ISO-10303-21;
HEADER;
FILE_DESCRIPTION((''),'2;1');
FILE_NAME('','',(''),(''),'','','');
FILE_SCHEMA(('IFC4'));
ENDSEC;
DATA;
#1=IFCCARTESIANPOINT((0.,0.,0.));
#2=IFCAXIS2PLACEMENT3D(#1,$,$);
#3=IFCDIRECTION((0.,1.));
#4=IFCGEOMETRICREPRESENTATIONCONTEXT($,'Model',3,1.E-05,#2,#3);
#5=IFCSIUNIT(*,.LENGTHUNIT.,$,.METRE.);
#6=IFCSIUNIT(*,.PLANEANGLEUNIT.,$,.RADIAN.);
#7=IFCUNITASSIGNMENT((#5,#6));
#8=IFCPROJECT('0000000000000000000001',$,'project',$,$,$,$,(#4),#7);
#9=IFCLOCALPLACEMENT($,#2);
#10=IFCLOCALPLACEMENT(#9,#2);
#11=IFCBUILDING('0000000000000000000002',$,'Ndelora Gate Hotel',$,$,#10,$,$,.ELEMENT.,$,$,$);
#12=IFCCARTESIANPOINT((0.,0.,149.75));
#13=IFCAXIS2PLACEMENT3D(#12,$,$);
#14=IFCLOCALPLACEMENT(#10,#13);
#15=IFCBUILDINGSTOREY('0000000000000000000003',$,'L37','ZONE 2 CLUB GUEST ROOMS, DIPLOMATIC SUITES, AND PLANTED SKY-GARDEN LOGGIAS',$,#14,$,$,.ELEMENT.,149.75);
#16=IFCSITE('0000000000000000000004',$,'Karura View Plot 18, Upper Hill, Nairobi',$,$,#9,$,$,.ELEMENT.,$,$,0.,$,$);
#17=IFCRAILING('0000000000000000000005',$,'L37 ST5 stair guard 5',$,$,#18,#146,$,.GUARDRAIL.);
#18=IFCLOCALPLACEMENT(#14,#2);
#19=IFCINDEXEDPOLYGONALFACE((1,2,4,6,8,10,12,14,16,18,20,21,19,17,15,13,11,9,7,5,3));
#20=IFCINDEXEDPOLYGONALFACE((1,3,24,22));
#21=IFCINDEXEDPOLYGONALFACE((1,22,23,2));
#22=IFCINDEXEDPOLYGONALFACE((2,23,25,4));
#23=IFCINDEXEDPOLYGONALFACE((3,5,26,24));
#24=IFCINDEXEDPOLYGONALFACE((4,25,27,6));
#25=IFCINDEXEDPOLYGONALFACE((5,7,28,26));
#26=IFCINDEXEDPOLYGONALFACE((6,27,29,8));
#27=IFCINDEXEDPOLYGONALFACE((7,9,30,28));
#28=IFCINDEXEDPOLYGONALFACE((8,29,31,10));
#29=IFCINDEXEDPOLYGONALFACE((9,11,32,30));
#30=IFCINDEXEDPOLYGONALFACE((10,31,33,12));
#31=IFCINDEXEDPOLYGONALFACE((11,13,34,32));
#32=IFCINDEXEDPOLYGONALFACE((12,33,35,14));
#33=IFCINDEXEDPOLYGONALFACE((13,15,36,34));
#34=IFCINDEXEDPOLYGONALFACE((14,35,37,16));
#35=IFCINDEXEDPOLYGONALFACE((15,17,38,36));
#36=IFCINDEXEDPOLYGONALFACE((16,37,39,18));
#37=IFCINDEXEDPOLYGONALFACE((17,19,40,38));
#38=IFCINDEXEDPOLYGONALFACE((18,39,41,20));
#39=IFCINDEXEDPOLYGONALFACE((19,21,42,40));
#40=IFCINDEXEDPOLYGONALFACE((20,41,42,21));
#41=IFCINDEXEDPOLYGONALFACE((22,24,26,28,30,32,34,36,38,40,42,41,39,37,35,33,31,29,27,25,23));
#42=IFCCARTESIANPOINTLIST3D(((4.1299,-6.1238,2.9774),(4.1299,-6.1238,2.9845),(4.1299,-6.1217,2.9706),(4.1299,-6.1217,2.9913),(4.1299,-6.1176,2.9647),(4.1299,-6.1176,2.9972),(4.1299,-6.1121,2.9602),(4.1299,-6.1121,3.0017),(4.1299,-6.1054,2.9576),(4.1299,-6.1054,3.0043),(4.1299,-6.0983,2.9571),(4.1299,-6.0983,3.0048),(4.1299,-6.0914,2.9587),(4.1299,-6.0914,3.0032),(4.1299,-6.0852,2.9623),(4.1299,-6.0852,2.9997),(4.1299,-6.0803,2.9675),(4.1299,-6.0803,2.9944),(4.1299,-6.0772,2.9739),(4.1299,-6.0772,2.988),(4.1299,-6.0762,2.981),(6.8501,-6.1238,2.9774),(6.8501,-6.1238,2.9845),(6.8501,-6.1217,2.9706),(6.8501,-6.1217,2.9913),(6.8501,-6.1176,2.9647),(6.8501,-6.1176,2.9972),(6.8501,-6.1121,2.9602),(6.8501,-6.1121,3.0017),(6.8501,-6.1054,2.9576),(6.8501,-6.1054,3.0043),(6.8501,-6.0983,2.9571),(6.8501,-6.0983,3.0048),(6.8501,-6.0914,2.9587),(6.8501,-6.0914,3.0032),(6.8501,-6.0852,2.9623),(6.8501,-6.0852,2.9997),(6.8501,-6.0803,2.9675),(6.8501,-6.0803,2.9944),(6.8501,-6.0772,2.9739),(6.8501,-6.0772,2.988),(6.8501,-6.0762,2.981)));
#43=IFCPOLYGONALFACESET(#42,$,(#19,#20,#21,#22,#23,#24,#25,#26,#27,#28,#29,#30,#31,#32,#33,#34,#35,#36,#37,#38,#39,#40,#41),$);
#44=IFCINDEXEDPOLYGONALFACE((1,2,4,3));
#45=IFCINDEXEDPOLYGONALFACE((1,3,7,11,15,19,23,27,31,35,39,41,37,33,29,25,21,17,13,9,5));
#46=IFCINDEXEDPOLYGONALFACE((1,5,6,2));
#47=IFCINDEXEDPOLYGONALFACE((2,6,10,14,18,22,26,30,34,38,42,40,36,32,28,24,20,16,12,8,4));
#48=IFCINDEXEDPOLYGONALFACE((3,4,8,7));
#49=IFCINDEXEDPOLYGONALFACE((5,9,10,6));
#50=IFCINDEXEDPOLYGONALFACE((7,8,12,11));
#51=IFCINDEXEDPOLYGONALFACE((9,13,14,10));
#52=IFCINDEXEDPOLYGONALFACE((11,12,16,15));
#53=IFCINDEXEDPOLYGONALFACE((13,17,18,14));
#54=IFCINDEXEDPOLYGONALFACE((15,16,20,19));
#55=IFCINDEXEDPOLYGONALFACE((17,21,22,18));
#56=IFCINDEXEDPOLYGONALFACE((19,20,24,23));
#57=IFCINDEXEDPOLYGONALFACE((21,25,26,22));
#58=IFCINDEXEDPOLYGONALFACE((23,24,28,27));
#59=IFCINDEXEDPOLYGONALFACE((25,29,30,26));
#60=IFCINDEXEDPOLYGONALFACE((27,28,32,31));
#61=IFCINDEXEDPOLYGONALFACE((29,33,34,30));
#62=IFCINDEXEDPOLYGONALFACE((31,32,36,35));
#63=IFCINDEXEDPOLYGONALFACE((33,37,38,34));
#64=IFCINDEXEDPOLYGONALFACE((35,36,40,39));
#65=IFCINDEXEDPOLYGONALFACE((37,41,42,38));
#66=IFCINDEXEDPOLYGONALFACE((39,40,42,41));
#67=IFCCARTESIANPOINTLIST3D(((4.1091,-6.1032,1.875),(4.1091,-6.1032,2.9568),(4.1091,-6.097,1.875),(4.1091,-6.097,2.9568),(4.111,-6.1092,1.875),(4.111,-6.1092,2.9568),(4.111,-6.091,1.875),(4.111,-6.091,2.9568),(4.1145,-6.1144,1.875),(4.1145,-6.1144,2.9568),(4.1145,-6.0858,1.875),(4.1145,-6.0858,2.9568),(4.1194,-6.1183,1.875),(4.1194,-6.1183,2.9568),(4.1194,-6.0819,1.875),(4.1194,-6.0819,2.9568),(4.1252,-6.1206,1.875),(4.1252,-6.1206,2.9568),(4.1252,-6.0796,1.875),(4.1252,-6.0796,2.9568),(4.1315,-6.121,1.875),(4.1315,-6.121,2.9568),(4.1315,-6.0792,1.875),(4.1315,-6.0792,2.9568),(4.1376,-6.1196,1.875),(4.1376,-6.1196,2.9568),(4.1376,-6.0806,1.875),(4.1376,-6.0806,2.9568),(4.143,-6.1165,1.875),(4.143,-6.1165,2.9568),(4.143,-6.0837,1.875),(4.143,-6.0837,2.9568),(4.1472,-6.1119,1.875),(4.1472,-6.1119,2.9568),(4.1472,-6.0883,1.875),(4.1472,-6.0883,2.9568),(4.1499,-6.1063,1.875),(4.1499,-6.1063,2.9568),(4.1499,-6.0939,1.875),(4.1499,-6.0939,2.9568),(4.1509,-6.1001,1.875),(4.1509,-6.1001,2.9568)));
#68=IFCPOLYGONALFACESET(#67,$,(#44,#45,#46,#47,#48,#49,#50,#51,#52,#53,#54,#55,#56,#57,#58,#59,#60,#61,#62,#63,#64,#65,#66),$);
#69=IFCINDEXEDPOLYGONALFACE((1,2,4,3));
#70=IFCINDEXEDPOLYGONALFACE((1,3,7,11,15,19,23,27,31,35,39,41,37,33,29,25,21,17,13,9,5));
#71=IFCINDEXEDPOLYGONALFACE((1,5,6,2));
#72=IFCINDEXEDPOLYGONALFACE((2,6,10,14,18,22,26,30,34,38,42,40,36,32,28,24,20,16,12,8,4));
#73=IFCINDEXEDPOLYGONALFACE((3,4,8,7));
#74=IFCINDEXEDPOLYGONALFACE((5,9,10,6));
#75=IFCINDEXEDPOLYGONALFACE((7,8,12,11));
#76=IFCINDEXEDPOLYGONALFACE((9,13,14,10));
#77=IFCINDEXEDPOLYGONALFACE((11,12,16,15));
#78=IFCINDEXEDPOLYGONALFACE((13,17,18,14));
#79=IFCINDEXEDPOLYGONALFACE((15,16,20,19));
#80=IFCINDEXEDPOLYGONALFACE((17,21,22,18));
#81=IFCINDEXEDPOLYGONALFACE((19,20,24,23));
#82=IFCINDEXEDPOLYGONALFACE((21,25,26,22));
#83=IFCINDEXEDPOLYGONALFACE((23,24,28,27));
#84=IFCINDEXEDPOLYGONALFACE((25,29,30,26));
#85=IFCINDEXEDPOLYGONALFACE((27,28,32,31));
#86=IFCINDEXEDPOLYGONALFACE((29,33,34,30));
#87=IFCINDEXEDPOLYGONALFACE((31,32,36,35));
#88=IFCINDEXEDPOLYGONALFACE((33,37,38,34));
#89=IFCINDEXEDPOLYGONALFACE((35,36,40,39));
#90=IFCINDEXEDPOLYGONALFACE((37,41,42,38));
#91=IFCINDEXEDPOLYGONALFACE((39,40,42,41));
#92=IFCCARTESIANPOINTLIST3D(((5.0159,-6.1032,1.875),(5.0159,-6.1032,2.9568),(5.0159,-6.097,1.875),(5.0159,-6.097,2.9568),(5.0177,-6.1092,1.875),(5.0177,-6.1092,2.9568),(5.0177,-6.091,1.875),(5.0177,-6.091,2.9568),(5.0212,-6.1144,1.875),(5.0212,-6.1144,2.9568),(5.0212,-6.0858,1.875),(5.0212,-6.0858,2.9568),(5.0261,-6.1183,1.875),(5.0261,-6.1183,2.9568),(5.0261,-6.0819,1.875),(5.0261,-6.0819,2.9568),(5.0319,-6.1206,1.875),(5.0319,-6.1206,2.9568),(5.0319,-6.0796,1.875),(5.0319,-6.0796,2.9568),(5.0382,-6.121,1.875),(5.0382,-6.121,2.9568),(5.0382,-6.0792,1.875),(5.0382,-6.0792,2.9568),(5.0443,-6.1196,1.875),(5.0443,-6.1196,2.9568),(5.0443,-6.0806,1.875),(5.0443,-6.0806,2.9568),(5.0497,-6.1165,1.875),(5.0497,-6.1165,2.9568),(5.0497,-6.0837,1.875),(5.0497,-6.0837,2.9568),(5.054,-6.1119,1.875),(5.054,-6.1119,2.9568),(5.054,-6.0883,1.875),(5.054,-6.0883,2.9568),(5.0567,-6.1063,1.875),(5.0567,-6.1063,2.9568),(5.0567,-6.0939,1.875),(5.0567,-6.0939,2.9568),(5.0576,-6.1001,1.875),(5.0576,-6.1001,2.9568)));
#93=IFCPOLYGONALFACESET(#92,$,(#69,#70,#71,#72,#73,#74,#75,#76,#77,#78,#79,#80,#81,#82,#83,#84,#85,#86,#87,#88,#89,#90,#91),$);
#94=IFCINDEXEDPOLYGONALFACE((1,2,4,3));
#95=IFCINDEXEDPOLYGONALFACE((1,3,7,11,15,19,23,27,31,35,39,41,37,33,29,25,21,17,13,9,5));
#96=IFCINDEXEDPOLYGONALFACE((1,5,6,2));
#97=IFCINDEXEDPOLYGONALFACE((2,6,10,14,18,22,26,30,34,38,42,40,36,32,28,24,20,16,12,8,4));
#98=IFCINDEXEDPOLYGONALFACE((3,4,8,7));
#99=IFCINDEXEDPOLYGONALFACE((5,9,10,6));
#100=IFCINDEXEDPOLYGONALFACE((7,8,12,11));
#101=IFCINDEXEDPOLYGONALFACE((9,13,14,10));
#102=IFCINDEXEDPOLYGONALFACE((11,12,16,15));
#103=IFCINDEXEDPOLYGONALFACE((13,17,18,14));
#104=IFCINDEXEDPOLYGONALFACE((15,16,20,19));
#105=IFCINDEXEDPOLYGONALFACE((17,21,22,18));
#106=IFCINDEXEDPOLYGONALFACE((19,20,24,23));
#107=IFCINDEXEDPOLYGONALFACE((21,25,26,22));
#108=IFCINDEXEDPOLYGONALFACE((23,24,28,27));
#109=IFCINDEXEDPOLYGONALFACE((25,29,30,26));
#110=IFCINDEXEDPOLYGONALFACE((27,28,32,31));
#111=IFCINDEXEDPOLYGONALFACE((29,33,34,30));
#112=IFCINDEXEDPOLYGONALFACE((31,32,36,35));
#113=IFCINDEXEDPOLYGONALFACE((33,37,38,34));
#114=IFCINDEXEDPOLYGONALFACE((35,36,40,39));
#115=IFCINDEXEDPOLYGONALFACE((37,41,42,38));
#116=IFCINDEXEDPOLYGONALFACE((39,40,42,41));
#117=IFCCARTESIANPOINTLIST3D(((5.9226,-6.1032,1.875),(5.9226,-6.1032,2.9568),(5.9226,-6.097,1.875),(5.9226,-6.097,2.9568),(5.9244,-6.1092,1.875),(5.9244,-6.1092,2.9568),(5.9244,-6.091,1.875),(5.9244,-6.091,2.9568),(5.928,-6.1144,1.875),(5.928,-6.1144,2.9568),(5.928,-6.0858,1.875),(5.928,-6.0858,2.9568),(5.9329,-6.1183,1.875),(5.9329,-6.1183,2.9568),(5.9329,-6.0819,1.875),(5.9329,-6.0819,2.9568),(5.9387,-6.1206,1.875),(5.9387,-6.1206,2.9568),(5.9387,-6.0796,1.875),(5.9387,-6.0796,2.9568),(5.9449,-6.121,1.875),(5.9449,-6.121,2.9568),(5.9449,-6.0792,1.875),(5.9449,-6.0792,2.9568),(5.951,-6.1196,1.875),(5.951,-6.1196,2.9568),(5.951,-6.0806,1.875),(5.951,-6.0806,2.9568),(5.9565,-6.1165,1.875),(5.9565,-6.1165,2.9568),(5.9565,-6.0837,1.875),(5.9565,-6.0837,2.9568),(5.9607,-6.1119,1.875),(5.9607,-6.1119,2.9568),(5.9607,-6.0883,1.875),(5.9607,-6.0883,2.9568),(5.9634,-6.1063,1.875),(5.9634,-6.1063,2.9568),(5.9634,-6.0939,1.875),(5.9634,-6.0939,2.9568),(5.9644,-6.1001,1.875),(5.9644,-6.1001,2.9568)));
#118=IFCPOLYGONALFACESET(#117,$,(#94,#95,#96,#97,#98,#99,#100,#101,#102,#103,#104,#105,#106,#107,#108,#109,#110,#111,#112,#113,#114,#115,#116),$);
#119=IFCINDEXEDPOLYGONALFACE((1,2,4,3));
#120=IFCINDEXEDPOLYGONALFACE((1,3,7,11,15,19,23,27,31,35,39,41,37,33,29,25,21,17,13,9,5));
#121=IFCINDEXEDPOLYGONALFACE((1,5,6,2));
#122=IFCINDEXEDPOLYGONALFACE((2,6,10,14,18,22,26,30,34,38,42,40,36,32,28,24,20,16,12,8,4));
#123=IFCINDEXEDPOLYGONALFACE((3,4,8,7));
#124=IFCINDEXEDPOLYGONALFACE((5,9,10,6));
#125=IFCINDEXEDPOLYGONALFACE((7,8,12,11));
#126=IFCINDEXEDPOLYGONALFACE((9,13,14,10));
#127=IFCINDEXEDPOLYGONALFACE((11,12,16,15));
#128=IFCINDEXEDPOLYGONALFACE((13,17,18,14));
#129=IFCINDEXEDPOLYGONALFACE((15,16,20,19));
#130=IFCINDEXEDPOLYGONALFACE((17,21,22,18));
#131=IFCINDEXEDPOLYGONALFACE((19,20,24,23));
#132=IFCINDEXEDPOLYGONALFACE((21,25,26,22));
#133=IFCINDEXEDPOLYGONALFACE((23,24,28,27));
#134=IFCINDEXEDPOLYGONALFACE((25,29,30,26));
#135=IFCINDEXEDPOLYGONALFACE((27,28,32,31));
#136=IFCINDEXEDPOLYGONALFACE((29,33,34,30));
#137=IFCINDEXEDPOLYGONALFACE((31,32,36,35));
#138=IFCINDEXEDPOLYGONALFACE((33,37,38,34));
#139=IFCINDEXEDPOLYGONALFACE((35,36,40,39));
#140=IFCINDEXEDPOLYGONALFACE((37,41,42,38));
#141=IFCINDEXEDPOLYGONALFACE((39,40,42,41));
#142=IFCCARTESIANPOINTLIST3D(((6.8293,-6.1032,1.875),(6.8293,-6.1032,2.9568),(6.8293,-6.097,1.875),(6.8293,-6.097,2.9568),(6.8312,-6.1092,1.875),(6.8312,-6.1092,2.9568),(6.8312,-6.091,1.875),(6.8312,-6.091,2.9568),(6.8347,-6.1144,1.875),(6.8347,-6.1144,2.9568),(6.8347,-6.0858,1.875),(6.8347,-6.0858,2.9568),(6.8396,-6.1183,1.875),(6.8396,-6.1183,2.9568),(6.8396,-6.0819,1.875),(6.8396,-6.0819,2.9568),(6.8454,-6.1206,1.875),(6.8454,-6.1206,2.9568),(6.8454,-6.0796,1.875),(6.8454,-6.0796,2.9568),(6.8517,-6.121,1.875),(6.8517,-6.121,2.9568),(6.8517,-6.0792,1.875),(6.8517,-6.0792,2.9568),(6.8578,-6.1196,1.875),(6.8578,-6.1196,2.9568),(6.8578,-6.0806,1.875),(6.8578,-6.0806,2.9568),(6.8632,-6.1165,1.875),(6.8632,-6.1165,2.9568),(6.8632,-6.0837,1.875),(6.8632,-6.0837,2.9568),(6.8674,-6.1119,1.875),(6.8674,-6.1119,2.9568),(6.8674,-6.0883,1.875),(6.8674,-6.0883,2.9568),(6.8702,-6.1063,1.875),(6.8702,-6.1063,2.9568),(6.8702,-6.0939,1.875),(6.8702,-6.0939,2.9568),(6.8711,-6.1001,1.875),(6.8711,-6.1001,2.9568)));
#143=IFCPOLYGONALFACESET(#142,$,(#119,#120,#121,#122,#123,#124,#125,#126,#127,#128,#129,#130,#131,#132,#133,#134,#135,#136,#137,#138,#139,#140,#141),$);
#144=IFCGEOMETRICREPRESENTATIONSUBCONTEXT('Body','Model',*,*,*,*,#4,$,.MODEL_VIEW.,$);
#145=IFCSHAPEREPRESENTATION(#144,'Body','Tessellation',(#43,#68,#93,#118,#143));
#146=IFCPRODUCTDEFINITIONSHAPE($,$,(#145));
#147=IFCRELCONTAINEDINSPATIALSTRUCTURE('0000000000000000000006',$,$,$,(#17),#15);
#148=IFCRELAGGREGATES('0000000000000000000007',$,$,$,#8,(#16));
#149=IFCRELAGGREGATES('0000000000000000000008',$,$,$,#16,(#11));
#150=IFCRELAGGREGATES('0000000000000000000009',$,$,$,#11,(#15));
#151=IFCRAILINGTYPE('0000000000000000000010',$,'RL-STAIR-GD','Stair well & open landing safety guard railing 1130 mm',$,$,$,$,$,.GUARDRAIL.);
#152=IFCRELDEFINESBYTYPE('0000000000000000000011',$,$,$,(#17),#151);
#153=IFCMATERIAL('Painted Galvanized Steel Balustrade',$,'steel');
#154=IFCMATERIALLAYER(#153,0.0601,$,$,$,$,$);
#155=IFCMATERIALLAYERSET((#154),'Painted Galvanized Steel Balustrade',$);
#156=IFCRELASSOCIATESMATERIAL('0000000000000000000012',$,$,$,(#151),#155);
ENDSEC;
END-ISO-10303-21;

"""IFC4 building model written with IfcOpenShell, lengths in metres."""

from ifc_helpers import new_model, si_unit, direction, frame, origin, origin_2d, place, context, subcontext, project, spatial, circle, extrude, material, layer, layer_set, type_object, element, save


model = new_model("IFC4")

# Units and contexts
model_context = context("Model", 3, precision=1e-05, world=origin(), true_north=direction((0.0, 1.0)))
body_context = subcontext(model_context, "Body", "Model", "MODEL_VIEW")
ifc_project = project(units=[si_unit("LENGTHUNIT", "METRE"), si_unit("PLANEANGLEUNIT", "RADIAN")], contexts=[model_context])

# Site, building, storey
site_placement = place(None, origin())
site = spatial("IfcSite", under=ifc_project, at=site_placement, Name="Karura View Plot 18, Upper Hill, Nairobi", CompositionType="ELEMENT", RefElevation=0.0)
building_placement = place(site_placement, origin())
building = spatial("IfcBuilding", under=site, at=building_placement, Name="Ndelora Gate Hotel", CompositionType="ELEMENT")
storey_placement = place(building_placement, frame((0.0, 0.0, 149.75)))
storey = spatial("IfcBuildingStorey", under=building, at=storey_placement, Name="L37", Description="ZONE 2 CLUB GUEST ROOMS, DIPLOMATIC SUITES, AND PLANTED SKY-GARDEN LOGGIAS", CompositionType="ELEMENT", Elevation=149.75)

# Railing
ifc_material_1 = material(Name="Painted Galvanized Steel Balustrade", Category="steel")
ifc_layer_1 = layer(ifc_material_1, 0.0601)
ifc_layer_set_1 = layer_set([ifc_layer_1], Name="Painted Galvanized Steel Balustrade")
railing_type_1 = type_object("IfcRailingType", Name="RL-STAIR-GD", Description="Stair well & open landing safety guard railing 1130 mm", PredefinedType="GUARDRAIL", material=ifc_layer_set_1)
railing_1_placement = place(storey_placement, frame((4.1299, -6.1001, 1.875)))
element("IfcRailing", 1, at=railing_1_placement, inside=storey, type_object=railing_type_1, Name="L37 ST5 stair guard 5", PredefinedType="GUARDRAIL", context=body_context, shape_type="SweptSolid", body=[
    extrude(circle(Radius=0.0239, at=origin_2d()), frame((0.0, 0.0, 1.106), z_axis=(1.0, 0.0, 0.0), x_axis=(0.0, 1.0, 0.0)), (0.0, 0.0, 1.0), 2.7202),
    extrude(circle(Radius=0.021, at=origin_2d()), origin(), (0.0, 0.0, 1.0), 1.0818),
    extrude(circle(Radius=0.021, at=origin_2d()), frame((0.9067, 0.0, 0.0)), (0.0, 0.0, 1.0), 1.0818),
    extrude(circle(Radius=0.021, at=origin_2d()), frame((1.8135, 0.0, 0.0)), (0.0, 0.0, 1.0), 1.0818),
    extrude(circle(Radius=0.021, at=origin_2d()), frame((2.7202, 0.0, 0.0)), (0.0, 0.0, 1.0), 1.0818),
])

save(model, "model.ifc")
